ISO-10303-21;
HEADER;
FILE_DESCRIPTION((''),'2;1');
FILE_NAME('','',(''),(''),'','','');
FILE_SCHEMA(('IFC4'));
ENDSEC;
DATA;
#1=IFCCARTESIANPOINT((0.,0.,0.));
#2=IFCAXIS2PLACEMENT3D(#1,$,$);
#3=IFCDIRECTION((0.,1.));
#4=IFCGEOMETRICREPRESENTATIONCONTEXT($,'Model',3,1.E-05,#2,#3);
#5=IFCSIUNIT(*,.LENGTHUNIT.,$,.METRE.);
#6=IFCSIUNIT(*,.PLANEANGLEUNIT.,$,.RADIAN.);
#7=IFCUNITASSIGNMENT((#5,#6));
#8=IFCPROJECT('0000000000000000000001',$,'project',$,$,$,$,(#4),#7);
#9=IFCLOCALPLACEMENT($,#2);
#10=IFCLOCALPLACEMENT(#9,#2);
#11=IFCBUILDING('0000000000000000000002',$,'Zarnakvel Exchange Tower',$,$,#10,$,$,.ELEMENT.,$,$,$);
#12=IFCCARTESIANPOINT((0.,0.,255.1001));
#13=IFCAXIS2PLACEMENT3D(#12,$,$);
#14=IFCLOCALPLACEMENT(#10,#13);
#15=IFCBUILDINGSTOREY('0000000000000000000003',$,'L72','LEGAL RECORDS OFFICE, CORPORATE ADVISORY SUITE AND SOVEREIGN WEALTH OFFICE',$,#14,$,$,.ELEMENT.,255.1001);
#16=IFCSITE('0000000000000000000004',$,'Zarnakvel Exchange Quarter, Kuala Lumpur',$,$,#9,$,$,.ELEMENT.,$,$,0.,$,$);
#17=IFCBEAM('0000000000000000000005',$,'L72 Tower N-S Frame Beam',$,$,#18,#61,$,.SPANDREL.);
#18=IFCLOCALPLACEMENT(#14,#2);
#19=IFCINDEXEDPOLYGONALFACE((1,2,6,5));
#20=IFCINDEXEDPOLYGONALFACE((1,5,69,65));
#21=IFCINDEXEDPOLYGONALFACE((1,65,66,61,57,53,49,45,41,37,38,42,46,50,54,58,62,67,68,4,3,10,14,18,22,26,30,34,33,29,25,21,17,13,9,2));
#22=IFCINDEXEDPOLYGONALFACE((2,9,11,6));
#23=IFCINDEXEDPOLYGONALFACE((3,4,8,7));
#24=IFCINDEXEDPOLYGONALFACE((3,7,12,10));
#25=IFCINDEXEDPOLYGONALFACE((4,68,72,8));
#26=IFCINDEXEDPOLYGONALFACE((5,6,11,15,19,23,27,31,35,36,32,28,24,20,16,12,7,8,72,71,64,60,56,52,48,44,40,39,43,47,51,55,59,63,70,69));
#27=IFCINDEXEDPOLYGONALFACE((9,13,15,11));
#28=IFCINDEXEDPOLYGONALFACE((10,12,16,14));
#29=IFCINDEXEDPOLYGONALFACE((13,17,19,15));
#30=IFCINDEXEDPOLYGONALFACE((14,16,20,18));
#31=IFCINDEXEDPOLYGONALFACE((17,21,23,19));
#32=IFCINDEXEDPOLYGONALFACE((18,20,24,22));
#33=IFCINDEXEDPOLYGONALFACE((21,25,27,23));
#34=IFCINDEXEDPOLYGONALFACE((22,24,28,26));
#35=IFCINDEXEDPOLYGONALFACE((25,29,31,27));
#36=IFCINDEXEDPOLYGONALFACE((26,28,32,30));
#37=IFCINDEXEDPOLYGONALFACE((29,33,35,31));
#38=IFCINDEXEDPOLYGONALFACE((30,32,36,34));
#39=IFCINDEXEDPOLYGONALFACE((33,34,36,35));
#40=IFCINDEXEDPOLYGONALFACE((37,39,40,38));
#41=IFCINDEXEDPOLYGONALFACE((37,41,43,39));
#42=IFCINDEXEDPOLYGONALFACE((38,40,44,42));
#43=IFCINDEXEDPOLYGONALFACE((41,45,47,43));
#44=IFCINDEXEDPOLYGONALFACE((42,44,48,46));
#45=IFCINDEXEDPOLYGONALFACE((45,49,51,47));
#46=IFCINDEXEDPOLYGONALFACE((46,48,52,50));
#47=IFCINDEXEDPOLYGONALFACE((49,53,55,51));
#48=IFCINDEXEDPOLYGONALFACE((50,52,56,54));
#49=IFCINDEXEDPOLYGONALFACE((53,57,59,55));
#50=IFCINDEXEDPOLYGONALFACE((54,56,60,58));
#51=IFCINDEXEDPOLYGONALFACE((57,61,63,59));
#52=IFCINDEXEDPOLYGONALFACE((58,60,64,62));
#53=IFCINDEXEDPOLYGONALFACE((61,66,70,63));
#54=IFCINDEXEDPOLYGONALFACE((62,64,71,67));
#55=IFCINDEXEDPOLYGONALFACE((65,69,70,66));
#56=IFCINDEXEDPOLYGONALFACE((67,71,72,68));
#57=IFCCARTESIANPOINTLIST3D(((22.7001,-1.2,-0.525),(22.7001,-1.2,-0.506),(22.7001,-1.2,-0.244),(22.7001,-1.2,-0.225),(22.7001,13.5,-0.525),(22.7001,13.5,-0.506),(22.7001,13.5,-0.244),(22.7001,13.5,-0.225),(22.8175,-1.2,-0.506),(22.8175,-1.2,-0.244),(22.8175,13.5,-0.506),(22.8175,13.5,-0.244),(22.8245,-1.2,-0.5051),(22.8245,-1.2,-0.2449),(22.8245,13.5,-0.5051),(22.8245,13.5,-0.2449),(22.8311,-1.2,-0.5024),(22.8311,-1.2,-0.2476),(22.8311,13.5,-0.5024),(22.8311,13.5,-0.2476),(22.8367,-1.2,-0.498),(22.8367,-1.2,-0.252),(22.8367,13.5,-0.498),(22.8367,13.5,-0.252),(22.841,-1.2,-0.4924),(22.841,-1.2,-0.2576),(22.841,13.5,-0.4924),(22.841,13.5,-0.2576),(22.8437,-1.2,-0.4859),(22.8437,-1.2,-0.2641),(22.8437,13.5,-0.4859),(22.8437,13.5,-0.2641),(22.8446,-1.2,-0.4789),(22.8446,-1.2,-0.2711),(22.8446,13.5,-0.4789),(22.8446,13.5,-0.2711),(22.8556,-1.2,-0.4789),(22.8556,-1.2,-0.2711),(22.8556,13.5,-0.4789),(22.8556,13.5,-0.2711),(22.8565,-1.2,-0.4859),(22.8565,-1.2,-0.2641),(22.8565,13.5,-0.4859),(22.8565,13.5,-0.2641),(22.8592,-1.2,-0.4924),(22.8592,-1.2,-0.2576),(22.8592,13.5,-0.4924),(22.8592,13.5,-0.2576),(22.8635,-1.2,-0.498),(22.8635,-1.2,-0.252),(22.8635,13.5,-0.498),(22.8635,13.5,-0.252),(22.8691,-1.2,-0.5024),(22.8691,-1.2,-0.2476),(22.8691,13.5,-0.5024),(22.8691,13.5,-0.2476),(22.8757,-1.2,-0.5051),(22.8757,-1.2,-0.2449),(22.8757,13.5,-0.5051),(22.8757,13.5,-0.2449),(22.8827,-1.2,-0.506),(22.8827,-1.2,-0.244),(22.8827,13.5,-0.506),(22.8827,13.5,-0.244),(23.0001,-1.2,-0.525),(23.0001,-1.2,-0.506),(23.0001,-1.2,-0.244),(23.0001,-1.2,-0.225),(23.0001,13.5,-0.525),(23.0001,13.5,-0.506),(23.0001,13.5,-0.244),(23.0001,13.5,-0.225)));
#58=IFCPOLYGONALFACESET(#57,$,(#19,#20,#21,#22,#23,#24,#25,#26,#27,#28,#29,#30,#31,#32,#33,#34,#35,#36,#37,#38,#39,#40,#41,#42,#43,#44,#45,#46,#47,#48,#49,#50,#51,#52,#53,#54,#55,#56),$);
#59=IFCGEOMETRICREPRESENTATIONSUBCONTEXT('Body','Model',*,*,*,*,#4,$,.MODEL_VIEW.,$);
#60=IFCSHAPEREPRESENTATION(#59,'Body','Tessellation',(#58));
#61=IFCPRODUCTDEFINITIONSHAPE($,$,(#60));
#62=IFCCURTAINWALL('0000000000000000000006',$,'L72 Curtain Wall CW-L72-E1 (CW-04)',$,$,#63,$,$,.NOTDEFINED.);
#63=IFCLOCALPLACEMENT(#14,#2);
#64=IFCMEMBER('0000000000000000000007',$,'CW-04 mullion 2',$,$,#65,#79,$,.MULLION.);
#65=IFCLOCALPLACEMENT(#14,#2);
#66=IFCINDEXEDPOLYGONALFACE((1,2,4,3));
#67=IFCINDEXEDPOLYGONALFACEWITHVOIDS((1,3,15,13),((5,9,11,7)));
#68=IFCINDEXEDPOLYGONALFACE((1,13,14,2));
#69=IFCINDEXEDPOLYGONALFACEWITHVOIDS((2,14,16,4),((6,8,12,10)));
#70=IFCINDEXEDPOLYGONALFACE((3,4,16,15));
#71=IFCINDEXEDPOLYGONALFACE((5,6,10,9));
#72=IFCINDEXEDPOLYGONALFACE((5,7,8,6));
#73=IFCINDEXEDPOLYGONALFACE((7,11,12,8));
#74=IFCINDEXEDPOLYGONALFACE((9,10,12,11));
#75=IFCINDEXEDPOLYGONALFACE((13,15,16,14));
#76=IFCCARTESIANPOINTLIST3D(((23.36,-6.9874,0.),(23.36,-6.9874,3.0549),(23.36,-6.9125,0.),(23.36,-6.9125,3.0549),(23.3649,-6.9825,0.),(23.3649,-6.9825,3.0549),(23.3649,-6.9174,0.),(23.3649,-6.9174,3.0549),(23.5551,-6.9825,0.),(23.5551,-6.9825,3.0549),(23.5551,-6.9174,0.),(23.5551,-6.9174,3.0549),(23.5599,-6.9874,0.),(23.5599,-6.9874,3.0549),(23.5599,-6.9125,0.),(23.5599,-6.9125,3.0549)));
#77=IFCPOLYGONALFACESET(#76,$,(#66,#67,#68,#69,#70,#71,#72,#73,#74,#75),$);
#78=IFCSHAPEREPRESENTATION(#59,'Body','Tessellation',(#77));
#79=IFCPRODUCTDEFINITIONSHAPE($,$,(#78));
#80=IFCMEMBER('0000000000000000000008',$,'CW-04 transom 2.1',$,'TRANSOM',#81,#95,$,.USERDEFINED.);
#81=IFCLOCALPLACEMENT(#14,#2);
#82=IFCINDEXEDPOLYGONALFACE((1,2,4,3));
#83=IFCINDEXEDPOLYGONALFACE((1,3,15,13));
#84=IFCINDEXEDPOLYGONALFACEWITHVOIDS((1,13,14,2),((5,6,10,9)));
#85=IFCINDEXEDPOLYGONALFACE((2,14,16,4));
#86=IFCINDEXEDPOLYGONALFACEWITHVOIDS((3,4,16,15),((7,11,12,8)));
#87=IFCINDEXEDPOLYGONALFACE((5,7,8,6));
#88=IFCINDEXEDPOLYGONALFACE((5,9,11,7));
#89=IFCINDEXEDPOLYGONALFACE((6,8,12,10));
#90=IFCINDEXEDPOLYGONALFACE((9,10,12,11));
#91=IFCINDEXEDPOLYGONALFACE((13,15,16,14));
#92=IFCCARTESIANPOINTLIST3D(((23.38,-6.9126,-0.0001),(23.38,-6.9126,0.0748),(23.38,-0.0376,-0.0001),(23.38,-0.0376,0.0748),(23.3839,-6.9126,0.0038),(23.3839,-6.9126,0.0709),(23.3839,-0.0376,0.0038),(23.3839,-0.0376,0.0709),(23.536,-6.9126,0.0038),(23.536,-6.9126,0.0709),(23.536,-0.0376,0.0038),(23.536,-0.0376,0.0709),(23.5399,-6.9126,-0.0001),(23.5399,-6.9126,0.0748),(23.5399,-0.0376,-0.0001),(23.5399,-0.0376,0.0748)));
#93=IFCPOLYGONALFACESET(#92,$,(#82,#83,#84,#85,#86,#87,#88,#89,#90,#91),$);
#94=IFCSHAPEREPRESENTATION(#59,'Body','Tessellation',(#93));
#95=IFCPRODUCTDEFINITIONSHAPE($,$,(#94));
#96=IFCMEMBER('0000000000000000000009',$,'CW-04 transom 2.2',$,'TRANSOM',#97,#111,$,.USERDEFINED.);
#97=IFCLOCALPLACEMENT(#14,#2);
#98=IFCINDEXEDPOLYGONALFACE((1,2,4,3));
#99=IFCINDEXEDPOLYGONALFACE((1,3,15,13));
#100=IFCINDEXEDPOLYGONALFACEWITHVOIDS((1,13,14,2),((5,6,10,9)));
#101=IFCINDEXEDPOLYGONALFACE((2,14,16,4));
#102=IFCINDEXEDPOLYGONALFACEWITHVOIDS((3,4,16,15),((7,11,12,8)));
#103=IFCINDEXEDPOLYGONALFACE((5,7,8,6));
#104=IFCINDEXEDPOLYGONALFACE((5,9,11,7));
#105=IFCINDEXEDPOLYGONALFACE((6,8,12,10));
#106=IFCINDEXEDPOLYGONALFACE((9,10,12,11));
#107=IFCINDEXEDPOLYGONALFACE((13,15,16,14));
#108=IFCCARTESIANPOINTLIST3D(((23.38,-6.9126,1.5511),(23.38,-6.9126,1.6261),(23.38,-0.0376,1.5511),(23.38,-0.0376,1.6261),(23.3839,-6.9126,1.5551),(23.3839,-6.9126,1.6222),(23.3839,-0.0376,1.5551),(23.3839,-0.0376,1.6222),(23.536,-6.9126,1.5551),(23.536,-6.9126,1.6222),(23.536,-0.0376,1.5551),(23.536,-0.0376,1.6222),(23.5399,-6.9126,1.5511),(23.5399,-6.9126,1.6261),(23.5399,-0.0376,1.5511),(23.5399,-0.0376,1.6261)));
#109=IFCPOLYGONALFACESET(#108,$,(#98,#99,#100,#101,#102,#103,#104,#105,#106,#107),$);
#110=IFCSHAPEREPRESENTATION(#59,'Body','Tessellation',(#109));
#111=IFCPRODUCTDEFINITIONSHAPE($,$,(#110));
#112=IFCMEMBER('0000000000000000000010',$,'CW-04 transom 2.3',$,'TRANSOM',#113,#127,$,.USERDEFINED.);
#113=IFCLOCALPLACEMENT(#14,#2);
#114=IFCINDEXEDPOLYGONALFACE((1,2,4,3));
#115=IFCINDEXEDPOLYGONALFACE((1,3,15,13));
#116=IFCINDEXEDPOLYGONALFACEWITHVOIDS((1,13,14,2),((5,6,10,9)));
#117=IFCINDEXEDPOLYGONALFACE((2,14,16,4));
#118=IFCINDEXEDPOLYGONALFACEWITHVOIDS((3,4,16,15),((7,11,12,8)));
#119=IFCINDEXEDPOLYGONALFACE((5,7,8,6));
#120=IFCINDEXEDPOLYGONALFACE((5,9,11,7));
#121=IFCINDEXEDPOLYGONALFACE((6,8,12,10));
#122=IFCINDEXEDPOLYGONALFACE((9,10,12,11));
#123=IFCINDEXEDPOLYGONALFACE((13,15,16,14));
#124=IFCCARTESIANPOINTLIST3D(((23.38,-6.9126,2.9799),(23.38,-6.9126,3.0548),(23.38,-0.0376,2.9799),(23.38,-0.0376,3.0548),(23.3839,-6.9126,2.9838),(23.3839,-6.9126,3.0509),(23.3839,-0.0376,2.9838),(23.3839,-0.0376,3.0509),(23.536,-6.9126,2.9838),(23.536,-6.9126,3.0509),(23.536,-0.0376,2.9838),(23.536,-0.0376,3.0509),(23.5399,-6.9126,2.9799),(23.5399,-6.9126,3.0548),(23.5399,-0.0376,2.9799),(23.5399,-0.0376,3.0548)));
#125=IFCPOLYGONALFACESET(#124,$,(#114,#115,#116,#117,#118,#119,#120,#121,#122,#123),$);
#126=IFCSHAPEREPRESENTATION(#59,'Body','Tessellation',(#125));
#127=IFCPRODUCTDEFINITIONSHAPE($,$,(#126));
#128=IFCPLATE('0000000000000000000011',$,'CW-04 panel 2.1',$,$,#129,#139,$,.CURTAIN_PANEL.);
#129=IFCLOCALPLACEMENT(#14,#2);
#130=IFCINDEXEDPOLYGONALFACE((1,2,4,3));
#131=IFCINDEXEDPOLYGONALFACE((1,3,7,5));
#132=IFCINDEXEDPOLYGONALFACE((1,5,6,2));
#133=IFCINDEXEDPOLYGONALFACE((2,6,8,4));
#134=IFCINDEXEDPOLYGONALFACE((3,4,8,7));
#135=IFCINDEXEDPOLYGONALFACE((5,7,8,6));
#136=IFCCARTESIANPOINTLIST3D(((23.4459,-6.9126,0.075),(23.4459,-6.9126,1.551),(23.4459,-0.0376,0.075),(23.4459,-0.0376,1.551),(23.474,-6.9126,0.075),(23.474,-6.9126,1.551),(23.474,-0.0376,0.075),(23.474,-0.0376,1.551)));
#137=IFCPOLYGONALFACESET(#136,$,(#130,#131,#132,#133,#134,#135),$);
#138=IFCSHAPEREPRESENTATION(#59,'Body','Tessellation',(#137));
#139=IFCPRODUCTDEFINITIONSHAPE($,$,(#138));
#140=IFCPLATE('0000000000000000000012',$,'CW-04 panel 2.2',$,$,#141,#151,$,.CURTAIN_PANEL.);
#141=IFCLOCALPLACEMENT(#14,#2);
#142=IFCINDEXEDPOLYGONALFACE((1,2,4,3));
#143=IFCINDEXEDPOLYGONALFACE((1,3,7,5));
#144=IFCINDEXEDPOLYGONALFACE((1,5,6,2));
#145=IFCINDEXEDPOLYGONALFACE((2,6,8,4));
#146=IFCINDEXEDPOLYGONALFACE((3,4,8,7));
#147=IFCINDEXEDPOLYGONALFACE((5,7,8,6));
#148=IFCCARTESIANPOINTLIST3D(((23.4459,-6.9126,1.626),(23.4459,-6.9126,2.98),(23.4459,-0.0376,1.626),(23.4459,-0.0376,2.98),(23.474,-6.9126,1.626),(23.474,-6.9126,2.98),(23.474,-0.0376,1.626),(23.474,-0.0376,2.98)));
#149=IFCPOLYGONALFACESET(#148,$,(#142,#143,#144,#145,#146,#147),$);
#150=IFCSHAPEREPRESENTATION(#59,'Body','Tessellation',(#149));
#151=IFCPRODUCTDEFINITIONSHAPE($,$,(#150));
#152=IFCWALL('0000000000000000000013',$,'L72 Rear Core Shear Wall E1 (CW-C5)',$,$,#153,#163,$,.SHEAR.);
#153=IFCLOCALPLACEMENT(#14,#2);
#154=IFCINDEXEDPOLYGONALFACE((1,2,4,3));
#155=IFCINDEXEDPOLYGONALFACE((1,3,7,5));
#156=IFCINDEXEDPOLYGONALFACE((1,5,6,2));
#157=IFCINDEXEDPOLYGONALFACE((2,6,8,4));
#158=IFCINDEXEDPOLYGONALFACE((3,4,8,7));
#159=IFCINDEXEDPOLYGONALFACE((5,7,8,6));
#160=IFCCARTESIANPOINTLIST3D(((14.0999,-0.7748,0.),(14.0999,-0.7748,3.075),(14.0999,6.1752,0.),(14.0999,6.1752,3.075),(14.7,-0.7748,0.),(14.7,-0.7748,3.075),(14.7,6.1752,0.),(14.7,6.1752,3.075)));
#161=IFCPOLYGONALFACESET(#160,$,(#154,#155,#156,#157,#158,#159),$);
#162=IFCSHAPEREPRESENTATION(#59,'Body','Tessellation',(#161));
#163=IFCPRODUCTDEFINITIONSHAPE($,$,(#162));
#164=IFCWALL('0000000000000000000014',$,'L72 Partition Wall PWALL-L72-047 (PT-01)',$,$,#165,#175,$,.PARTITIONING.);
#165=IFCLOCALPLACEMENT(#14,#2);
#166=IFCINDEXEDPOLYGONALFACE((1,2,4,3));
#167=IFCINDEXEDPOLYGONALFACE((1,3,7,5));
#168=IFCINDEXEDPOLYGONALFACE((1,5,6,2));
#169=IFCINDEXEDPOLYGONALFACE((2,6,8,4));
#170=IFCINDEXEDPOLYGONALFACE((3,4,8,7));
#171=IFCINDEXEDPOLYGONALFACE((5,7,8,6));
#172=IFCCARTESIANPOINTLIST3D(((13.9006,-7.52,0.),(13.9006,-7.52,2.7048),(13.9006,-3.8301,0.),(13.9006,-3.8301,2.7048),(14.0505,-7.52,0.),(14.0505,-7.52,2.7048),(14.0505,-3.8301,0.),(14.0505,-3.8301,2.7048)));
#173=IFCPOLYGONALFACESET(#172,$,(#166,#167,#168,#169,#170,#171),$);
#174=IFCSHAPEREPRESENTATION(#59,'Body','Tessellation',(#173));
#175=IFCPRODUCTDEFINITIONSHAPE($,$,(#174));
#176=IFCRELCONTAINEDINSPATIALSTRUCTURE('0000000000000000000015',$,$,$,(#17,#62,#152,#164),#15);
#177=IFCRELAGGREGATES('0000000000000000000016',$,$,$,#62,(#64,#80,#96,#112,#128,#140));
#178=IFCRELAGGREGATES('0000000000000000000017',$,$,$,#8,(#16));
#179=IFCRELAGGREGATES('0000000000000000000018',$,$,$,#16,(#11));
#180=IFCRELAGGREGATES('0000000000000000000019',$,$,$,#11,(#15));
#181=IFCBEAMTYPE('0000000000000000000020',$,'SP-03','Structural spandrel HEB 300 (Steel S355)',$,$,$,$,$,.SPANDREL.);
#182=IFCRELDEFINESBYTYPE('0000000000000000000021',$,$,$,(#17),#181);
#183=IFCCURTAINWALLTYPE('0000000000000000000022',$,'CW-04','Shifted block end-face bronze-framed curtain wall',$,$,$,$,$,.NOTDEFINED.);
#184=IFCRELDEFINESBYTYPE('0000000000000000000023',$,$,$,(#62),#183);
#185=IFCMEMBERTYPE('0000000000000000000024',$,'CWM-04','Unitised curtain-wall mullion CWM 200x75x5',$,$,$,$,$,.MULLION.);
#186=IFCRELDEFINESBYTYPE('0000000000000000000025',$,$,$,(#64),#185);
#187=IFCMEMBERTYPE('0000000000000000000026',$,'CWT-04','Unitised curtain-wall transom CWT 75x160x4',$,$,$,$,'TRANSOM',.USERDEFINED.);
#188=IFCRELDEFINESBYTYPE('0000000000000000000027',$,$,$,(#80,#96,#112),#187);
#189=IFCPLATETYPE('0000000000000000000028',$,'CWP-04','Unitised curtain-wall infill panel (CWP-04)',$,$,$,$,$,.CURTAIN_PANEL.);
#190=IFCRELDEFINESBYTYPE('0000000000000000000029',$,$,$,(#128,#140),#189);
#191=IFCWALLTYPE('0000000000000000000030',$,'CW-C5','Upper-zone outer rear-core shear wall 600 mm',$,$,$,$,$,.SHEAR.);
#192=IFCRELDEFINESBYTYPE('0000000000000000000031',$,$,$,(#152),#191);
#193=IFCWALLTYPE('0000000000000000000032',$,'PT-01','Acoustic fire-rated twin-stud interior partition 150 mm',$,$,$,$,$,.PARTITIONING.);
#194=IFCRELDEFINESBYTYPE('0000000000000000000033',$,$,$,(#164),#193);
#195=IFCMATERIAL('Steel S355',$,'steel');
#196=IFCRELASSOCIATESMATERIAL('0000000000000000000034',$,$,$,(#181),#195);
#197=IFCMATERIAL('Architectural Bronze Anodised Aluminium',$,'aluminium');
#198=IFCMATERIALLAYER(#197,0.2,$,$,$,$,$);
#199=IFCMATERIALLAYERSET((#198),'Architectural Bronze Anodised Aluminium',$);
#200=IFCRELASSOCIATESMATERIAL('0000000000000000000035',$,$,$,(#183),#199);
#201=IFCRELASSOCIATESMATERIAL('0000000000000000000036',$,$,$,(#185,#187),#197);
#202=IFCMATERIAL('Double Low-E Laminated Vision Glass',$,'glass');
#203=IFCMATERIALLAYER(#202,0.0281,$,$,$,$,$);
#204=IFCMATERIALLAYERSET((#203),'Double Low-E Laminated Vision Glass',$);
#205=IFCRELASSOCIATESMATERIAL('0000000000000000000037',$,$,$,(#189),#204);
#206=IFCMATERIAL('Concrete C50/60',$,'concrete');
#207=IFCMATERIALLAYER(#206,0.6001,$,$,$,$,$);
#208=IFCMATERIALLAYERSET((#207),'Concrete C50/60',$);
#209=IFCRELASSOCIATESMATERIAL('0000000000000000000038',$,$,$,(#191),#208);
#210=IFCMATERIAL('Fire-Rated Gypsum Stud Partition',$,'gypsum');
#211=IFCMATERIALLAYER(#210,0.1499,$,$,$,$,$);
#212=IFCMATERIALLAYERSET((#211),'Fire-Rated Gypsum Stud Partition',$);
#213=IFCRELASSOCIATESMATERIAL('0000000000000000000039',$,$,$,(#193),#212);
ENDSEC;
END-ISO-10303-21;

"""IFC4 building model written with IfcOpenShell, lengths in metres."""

from ifc_helpers import new_model, si_unit, direction, frame, frame_2d, origin, origin_2d, place, context, subcontext, project, spatial, rectangle, hollow_rectangle, i_section, extrude, source, transform, mapped, material, layer, layer_set, material_profile, profile_set, type_object, element, aggregate, save


model = new_model("IFC4")

# Units and contexts
model_context = context("Model", 3, precision=1e-05, world=origin(), true_north=direction((0.0, 1.0)))
body_context = subcontext(model_context, "Body", "Model", "MODEL_VIEW")
ifc_project = project(units=[si_unit("LENGTHUNIT", "METRE"), si_unit("PLANEANGLEUNIT", "RADIAN")], contexts=[model_context])

# Site, building, storey
site_placement = place(None, origin())
site = spatial("IfcSite", under=ifc_project, at=site_placement, Name="Zarnakvel Exchange Quarter, Kuala Lumpur", CompositionType="ELEMENT", RefElevation=0.0)
building_placement = place(site_placement, origin())
building = spatial("IfcBuilding", under=site, at=building_placement, Name="Zarnakvel Exchange Tower", CompositionType="ELEMENT")
storey_placement = place(building_placement, frame((0.0, 0.0, 255.1001)))
storey = spatial("IfcBuildingStorey", under=building, at=storey_placement, Name="L72", Description="LEGAL RECORDS OFFICE, CORPORATE ADVISORY SUITE AND SOVEREIGN WEALTH OFFICE", CompositionType="ELEMENT", Elevation=255.1001)

# Shared definitions
ifc_material_1 = material(Name="Concrete C50/60", Category="concrete")
ifc_material_2 = material(Name="Steel S355", Category="steel")

# Beam
ifc_material_profile_1 = material_profile(ifc_material_2, i_section(OverallWidth=0.3, OverallDepth=0.3, WebThickness=0.011, FlangeThickness=0.019, FilletRadius=0.0271, at=origin_2d()))
ifc_profile_set_1 = profile_set([ifc_material_profile_1], Name="Steel S355")
beam_type_1 = type_object("IfcBeamType", Name="SP-03", Description="Structural spandrel HEB 300 (Steel S355)", PredefinedType="SPANDREL", material=ifc_profile_set_1)
beam_1_placement = place(storey_placement, frame((22.8501, -1.2, -0.375), z_axis=(0.0, 1.0, 0.0), x_axis=(-1.0, 0.0, 0.0)))
element("IfcBeam", 1, at=beam_1_placement, inside=storey, type_object=beam_type_1, Name="L72 Tower N-S Frame Beam", PredefinedType="SPANDREL", context=body_context, shape_type="SweptSolid", body=[
    extrude(i_section(OverallWidth=0.3, OverallDepth=0.3, WebThickness=0.011, FlangeThickness=0.019, FilletRadius=0.0271, at=origin_2d()), origin(), (0.0, 0.0, 1.0), 14.7),
])

# Curtain wall, members, plates
ifc_material_3 = material(Name="Architectural Bronze Anodised Aluminium", Category="aluminium")
ifc_layer_1 = layer(ifc_material_3, 0.2)
ifc_layer_set_1 = layer_set([ifc_layer_1], Name="Architectural Bronze Anodised Aluminium")
curtain_wall_type = type_object("IfcCurtainWallType", Name="CW-04", Description="Shifted block end-face bronze-framed curtain wall", PredefinedType="NOTDEFINED", material=ifc_layer_set_1)
curtain_wall_placement = place(storey_placement, origin())
curtain_wall = element("IfcCurtainWall", 2, at=curtain_wall_placement, inside=storey, type_object=curtain_wall_type, Name="L72 Curtain Wall CW-L72-E1 (CW-04)", PredefinedType="NOTDEFINED")
ifc_material_profile_2 = material_profile(ifc_material_3, hollow_rectangle(XDim=0.2, YDim=0.075, WallThickness=0.0049, at=origin_2d()))
ifc_profile_set_2 = profile_set([ifc_material_profile_2], Name="Architectural Bronze Anodised Aluminium")
member_type_1 = type_object("IfcMemberType", Name="CWM-04", Description="Unitised curtain-wall mullion CWM 200x75x5", PredefinedType="MULLION", material=ifc_profile_set_2)
shared_shape_1 = source(origin(), body_context, "Body", "SweptSolid", [
    extrude(hollow_rectangle(XDim=0.2, YDim=0.075, WallThickness=0.0049, at=origin_2d()), origin(), (0.0, 0.0, 1.0), 3.0549),
])
member_1_placement = place(storey_placement, frame((23.46, -6.95, 0.0), z_axis=(0.0, 0.0, 1.0), x_axis=(-1.0, 0.0, 0.0)))
member_1 = element("IfcMember", 3, at=member_1_placement, type_object=member_type_1, Name="CW-04 mullion 2", PredefinedType="MULLION", context=body_context, shape_type="MappedRepresentation", body=[
    mapped(shared_shape_1, transform((0.0, 0.0, 0.0), x_axis=(1.0, 0.0, 0.0), y_axis=(0.0, 1.0, 0.0), z_axis=(0.0, 0.0, 1.0), scale=1.0)),
])
ifc_material_profile_3 = material_profile(ifc_material_3, hollow_rectangle(XDim=0.1599, YDim=0.075, WallThickness=0.0039, at=origin_2d()))
ifc_profile_set_3 = profile_set([ifc_material_profile_3], Name="Architectural Bronze Anodised Aluminium")
member_type_2 = type_object("IfcMemberType", Name="CWT-04", Description="Unitised curtain-wall transom CWT 75x160x4", ElementType="TRANSOM", PredefinedType="USERDEFINED", material=ifc_profile_set_3)
shared_shape_2 = source(origin(), body_context, "Body", "SweptSolid", [
    extrude(hollow_rectangle(XDim=0.1599, YDim=0.075, WallThickness=0.0039, at=origin_2d()), origin(), (0.0, 0.0, 1.0), 6.875),
])
member_2_placement = place(storey_placement, frame((23.46, -6.9126, 0.0374), z_axis=(0.0, 1.0, 0.0), x_axis=(-1.0, 0.0, 0.0)))
member_2 = element("IfcMember", 4, at=member_2_placement, type_object=member_type_2, Name="CW-04 transom 2.1", ObjectType="TRANSOM", PredefinedType="USERDEFINED", context=body_context, shape_type="MappedRepresentation", body=[
    mapped(shared_shape_2, transform((0.0, 0.0, 0.0), x_axis=(1.0, 0.0, 0.0), y_axis=(0.0, 1.0, 0.0), z_axis=(0.0, 0.0, 1.0), scale=1.0)),
])
member_3_placement = place(storey_placement, frame((23.46, -6.9126, 1.5886), z_axis=(0.0, 1.0, 0.0), x_axis=(-1.0, 0.0, 0.0)))
member_3 = element("IfcMember", 5, at=member_3_placement, type_object=member_type_2, Name="CW-04 transom 2.2", ObjectType="TRANSOM", PredefinedType="USERDEFINED", context=body_context, shape_type="MappedRepresentation", body=[
    mapped(shared_shape_2, transform((0.0, 0.0, 0.0), x_axis=(1.0, 0.0, 0.0), y_axis=(0.0, 1.0, 0.0), z_axis=(0.0, 0.0, 1.0), scale=1.0)),
])
member_4_placement = place(storey_placement, frame((23.46, -6.9126, 3.0173), z_axis=(0.0, 1.0, 0.0), x_axis=(-1.0, 0.0, 0.0)))
member_4 = element("IfcMember", 6, at=member_4_placement, type_object=member_type_2, Name="CW-04 transom 2.3", ObjectType="TRANSOM", PredefinedType="USERDEFINED", context=body_context, shape_type="MappedRepresentation", body=[
    mapped(shared_shape_2, transform((0.0, 0.0, 0.0), x_axis=(1.0, 0.0, 0.0), y_axis=(0.0, 1.0, 0.0), z_axis=(0.0, 0.0, 1.0), scale=1.0)),
])
ifc_material_4 = material(Name="Double Low-E Laminated Vision Glass", Category="glass")
ifc_layer_2 = layer(ifc_material_4, 0.0281)
ifc_layer_set_2 = layer_set([ifc_layer_2], Name="Double Low-E Laminated Vision Glass")
plate_type = type_object("IfcPlateType", Name="CWP-04", Description="Unitised curtain-wall infill panel (CWP-04)", PredefinedType="CURTAIN_PANEL", material=ifc_layer_set_2)
shared_shape_3 = source(origin(), body_context, "Body", "SweptSolid", [
    extrude(rectangle(XDim=6.875, YDim=0.0281, at=origin_2d()), origin(), (0.0, 0.0, 1.0), 1.4761),
])
plate_1_placement = place(storey_placement, frame((23.46, -3.4751, 0.075), z_axis=(0.0, 0.0, 1.0), x_axis=(0.0, 1.0, 0.0)))
plate_1 = element("IfcPlate", 7, at=plate_1_placement, type_object=plate_type, Name="CW-04 panel 2.1", PredefinedType="CURTAIN_PANEL", context=body_context, shape_type="MappedRepresentation", body=[
    mapped(shared_shape_3, transform((0.0, 0.0, 0.0), x_axis=(1.0, 0.0, 0.0), y_axis=(0.0, 1.0, 0.0), z_axis=(0.0, 0.0, 1.0), scale=1.0)),
])
shared_shape_4 = source(origin(), body_context, "Body", "SweptSolid", [
    extrude(rectangle(XDim=6.875, YDim=0.0281, at=origin_2d()), origin(), (0.0, 0.0, 1.0), 1.354),
])
plate_2_placement = place(storey_placement, frame((23.46, -3.4751, 1.626), z_axis=(0.0, 0.0, 1.0), x_axis=(0.0, 1.0, 0.0)))
plate_2 = element("IfcPlate", 8, at=plate_2_placement, type_object=plate_type, Name="CW-04 panel 2.2", PredefinedType="CURTAIN_PANEL", context=body_context, shape_type="MappedRepresentation", body=[
    mapped(shared_shape_4, transform((0.0, 0.0, 0.0), x_axis=(1.0, 0.0, 0.0), y_axis=(0.0, 1.0, 0.0), z_axis=(0.0, 0.0, 1.0), scale=1.0)),
])
aggregate(curtain_wall, [member_1, member_2, member_3, member_4, plate_1, plate_2])

# Wall
ifc_layer_3 = layer(ifc_material_1, 0.6001)
ifc_layer_set_3 = layer_set([ifc_layer_3], Name="Concrete C50/60")
wall_type_1 = type_object("IfcWallType", Name="CW-C5", Description="Upper-zone outer rear-core shear wall 600 mm", PredefinedType="SHEAR", material=ifc_layer_set_3)
wall_1_placement = place(storey_placement, frame((14.3999, -0.7749, 0.0), z_axis=(0.0, 0.0, 1.0), x_axis=(0.0, 1.0, 0.0)))
element("IfcWall", 9, at=wall_1_placement, inside=storey, type_object=wall_type_1, Name="L72 Rear Core Shear Wall E1 (CW-C5)", PredefinedType="SHEAR", context=body_context, shape_type="SweptSolid", body=[
    extrude(rectangle(XDim=6.95, YDim=0.6001, at=frame_2d((3.4751, 0.0))), origin(), (0.0, 0.0, 1.0), 3.075),
])

# Wall
ifc_material_5 = material(Name="Fire-Rated Gypsum Stud Partition", Category="gypsum")
ifc_layer_4 = layer(ifc_material_5, 0.1499)
ifc_layer_set_4 = layer_set([ifc_layer_4], Name="Fire-Rated Gypsum Stud Partition")
wall_type_2 = type_object("IfcWallType", Name="PT-01", Description="Acoustic fire-rated twin-stud interior partition 150 mm", PredefinedType="PARTITIONING", material=ifc_layer_set_4)
wall_2_placement = place(storey_placement, frame((13.9756, -3.8301, 0.0), z_axis=(0.0, 0.0, 1.0), x_axis=(0.0, -1.0, 0.0)))
element("IfcWall", 10, at=wall_2_placement, inside=storey, type_object=wall_type_2, Name="L72 Partition Wall PWALL-L72-047 (PT-01)", PredefinedType="PARTITIONING", context=body_context, shape_type="SweptSolid", body=[
    extrude(rectangle(XDim=3.6899, YDim=0.1499, at=frame_2d((1.845, 0.0))), origin(), (0.0, 0.0, 1.0), 2.7048),
])

save(model, "model.ifc")
